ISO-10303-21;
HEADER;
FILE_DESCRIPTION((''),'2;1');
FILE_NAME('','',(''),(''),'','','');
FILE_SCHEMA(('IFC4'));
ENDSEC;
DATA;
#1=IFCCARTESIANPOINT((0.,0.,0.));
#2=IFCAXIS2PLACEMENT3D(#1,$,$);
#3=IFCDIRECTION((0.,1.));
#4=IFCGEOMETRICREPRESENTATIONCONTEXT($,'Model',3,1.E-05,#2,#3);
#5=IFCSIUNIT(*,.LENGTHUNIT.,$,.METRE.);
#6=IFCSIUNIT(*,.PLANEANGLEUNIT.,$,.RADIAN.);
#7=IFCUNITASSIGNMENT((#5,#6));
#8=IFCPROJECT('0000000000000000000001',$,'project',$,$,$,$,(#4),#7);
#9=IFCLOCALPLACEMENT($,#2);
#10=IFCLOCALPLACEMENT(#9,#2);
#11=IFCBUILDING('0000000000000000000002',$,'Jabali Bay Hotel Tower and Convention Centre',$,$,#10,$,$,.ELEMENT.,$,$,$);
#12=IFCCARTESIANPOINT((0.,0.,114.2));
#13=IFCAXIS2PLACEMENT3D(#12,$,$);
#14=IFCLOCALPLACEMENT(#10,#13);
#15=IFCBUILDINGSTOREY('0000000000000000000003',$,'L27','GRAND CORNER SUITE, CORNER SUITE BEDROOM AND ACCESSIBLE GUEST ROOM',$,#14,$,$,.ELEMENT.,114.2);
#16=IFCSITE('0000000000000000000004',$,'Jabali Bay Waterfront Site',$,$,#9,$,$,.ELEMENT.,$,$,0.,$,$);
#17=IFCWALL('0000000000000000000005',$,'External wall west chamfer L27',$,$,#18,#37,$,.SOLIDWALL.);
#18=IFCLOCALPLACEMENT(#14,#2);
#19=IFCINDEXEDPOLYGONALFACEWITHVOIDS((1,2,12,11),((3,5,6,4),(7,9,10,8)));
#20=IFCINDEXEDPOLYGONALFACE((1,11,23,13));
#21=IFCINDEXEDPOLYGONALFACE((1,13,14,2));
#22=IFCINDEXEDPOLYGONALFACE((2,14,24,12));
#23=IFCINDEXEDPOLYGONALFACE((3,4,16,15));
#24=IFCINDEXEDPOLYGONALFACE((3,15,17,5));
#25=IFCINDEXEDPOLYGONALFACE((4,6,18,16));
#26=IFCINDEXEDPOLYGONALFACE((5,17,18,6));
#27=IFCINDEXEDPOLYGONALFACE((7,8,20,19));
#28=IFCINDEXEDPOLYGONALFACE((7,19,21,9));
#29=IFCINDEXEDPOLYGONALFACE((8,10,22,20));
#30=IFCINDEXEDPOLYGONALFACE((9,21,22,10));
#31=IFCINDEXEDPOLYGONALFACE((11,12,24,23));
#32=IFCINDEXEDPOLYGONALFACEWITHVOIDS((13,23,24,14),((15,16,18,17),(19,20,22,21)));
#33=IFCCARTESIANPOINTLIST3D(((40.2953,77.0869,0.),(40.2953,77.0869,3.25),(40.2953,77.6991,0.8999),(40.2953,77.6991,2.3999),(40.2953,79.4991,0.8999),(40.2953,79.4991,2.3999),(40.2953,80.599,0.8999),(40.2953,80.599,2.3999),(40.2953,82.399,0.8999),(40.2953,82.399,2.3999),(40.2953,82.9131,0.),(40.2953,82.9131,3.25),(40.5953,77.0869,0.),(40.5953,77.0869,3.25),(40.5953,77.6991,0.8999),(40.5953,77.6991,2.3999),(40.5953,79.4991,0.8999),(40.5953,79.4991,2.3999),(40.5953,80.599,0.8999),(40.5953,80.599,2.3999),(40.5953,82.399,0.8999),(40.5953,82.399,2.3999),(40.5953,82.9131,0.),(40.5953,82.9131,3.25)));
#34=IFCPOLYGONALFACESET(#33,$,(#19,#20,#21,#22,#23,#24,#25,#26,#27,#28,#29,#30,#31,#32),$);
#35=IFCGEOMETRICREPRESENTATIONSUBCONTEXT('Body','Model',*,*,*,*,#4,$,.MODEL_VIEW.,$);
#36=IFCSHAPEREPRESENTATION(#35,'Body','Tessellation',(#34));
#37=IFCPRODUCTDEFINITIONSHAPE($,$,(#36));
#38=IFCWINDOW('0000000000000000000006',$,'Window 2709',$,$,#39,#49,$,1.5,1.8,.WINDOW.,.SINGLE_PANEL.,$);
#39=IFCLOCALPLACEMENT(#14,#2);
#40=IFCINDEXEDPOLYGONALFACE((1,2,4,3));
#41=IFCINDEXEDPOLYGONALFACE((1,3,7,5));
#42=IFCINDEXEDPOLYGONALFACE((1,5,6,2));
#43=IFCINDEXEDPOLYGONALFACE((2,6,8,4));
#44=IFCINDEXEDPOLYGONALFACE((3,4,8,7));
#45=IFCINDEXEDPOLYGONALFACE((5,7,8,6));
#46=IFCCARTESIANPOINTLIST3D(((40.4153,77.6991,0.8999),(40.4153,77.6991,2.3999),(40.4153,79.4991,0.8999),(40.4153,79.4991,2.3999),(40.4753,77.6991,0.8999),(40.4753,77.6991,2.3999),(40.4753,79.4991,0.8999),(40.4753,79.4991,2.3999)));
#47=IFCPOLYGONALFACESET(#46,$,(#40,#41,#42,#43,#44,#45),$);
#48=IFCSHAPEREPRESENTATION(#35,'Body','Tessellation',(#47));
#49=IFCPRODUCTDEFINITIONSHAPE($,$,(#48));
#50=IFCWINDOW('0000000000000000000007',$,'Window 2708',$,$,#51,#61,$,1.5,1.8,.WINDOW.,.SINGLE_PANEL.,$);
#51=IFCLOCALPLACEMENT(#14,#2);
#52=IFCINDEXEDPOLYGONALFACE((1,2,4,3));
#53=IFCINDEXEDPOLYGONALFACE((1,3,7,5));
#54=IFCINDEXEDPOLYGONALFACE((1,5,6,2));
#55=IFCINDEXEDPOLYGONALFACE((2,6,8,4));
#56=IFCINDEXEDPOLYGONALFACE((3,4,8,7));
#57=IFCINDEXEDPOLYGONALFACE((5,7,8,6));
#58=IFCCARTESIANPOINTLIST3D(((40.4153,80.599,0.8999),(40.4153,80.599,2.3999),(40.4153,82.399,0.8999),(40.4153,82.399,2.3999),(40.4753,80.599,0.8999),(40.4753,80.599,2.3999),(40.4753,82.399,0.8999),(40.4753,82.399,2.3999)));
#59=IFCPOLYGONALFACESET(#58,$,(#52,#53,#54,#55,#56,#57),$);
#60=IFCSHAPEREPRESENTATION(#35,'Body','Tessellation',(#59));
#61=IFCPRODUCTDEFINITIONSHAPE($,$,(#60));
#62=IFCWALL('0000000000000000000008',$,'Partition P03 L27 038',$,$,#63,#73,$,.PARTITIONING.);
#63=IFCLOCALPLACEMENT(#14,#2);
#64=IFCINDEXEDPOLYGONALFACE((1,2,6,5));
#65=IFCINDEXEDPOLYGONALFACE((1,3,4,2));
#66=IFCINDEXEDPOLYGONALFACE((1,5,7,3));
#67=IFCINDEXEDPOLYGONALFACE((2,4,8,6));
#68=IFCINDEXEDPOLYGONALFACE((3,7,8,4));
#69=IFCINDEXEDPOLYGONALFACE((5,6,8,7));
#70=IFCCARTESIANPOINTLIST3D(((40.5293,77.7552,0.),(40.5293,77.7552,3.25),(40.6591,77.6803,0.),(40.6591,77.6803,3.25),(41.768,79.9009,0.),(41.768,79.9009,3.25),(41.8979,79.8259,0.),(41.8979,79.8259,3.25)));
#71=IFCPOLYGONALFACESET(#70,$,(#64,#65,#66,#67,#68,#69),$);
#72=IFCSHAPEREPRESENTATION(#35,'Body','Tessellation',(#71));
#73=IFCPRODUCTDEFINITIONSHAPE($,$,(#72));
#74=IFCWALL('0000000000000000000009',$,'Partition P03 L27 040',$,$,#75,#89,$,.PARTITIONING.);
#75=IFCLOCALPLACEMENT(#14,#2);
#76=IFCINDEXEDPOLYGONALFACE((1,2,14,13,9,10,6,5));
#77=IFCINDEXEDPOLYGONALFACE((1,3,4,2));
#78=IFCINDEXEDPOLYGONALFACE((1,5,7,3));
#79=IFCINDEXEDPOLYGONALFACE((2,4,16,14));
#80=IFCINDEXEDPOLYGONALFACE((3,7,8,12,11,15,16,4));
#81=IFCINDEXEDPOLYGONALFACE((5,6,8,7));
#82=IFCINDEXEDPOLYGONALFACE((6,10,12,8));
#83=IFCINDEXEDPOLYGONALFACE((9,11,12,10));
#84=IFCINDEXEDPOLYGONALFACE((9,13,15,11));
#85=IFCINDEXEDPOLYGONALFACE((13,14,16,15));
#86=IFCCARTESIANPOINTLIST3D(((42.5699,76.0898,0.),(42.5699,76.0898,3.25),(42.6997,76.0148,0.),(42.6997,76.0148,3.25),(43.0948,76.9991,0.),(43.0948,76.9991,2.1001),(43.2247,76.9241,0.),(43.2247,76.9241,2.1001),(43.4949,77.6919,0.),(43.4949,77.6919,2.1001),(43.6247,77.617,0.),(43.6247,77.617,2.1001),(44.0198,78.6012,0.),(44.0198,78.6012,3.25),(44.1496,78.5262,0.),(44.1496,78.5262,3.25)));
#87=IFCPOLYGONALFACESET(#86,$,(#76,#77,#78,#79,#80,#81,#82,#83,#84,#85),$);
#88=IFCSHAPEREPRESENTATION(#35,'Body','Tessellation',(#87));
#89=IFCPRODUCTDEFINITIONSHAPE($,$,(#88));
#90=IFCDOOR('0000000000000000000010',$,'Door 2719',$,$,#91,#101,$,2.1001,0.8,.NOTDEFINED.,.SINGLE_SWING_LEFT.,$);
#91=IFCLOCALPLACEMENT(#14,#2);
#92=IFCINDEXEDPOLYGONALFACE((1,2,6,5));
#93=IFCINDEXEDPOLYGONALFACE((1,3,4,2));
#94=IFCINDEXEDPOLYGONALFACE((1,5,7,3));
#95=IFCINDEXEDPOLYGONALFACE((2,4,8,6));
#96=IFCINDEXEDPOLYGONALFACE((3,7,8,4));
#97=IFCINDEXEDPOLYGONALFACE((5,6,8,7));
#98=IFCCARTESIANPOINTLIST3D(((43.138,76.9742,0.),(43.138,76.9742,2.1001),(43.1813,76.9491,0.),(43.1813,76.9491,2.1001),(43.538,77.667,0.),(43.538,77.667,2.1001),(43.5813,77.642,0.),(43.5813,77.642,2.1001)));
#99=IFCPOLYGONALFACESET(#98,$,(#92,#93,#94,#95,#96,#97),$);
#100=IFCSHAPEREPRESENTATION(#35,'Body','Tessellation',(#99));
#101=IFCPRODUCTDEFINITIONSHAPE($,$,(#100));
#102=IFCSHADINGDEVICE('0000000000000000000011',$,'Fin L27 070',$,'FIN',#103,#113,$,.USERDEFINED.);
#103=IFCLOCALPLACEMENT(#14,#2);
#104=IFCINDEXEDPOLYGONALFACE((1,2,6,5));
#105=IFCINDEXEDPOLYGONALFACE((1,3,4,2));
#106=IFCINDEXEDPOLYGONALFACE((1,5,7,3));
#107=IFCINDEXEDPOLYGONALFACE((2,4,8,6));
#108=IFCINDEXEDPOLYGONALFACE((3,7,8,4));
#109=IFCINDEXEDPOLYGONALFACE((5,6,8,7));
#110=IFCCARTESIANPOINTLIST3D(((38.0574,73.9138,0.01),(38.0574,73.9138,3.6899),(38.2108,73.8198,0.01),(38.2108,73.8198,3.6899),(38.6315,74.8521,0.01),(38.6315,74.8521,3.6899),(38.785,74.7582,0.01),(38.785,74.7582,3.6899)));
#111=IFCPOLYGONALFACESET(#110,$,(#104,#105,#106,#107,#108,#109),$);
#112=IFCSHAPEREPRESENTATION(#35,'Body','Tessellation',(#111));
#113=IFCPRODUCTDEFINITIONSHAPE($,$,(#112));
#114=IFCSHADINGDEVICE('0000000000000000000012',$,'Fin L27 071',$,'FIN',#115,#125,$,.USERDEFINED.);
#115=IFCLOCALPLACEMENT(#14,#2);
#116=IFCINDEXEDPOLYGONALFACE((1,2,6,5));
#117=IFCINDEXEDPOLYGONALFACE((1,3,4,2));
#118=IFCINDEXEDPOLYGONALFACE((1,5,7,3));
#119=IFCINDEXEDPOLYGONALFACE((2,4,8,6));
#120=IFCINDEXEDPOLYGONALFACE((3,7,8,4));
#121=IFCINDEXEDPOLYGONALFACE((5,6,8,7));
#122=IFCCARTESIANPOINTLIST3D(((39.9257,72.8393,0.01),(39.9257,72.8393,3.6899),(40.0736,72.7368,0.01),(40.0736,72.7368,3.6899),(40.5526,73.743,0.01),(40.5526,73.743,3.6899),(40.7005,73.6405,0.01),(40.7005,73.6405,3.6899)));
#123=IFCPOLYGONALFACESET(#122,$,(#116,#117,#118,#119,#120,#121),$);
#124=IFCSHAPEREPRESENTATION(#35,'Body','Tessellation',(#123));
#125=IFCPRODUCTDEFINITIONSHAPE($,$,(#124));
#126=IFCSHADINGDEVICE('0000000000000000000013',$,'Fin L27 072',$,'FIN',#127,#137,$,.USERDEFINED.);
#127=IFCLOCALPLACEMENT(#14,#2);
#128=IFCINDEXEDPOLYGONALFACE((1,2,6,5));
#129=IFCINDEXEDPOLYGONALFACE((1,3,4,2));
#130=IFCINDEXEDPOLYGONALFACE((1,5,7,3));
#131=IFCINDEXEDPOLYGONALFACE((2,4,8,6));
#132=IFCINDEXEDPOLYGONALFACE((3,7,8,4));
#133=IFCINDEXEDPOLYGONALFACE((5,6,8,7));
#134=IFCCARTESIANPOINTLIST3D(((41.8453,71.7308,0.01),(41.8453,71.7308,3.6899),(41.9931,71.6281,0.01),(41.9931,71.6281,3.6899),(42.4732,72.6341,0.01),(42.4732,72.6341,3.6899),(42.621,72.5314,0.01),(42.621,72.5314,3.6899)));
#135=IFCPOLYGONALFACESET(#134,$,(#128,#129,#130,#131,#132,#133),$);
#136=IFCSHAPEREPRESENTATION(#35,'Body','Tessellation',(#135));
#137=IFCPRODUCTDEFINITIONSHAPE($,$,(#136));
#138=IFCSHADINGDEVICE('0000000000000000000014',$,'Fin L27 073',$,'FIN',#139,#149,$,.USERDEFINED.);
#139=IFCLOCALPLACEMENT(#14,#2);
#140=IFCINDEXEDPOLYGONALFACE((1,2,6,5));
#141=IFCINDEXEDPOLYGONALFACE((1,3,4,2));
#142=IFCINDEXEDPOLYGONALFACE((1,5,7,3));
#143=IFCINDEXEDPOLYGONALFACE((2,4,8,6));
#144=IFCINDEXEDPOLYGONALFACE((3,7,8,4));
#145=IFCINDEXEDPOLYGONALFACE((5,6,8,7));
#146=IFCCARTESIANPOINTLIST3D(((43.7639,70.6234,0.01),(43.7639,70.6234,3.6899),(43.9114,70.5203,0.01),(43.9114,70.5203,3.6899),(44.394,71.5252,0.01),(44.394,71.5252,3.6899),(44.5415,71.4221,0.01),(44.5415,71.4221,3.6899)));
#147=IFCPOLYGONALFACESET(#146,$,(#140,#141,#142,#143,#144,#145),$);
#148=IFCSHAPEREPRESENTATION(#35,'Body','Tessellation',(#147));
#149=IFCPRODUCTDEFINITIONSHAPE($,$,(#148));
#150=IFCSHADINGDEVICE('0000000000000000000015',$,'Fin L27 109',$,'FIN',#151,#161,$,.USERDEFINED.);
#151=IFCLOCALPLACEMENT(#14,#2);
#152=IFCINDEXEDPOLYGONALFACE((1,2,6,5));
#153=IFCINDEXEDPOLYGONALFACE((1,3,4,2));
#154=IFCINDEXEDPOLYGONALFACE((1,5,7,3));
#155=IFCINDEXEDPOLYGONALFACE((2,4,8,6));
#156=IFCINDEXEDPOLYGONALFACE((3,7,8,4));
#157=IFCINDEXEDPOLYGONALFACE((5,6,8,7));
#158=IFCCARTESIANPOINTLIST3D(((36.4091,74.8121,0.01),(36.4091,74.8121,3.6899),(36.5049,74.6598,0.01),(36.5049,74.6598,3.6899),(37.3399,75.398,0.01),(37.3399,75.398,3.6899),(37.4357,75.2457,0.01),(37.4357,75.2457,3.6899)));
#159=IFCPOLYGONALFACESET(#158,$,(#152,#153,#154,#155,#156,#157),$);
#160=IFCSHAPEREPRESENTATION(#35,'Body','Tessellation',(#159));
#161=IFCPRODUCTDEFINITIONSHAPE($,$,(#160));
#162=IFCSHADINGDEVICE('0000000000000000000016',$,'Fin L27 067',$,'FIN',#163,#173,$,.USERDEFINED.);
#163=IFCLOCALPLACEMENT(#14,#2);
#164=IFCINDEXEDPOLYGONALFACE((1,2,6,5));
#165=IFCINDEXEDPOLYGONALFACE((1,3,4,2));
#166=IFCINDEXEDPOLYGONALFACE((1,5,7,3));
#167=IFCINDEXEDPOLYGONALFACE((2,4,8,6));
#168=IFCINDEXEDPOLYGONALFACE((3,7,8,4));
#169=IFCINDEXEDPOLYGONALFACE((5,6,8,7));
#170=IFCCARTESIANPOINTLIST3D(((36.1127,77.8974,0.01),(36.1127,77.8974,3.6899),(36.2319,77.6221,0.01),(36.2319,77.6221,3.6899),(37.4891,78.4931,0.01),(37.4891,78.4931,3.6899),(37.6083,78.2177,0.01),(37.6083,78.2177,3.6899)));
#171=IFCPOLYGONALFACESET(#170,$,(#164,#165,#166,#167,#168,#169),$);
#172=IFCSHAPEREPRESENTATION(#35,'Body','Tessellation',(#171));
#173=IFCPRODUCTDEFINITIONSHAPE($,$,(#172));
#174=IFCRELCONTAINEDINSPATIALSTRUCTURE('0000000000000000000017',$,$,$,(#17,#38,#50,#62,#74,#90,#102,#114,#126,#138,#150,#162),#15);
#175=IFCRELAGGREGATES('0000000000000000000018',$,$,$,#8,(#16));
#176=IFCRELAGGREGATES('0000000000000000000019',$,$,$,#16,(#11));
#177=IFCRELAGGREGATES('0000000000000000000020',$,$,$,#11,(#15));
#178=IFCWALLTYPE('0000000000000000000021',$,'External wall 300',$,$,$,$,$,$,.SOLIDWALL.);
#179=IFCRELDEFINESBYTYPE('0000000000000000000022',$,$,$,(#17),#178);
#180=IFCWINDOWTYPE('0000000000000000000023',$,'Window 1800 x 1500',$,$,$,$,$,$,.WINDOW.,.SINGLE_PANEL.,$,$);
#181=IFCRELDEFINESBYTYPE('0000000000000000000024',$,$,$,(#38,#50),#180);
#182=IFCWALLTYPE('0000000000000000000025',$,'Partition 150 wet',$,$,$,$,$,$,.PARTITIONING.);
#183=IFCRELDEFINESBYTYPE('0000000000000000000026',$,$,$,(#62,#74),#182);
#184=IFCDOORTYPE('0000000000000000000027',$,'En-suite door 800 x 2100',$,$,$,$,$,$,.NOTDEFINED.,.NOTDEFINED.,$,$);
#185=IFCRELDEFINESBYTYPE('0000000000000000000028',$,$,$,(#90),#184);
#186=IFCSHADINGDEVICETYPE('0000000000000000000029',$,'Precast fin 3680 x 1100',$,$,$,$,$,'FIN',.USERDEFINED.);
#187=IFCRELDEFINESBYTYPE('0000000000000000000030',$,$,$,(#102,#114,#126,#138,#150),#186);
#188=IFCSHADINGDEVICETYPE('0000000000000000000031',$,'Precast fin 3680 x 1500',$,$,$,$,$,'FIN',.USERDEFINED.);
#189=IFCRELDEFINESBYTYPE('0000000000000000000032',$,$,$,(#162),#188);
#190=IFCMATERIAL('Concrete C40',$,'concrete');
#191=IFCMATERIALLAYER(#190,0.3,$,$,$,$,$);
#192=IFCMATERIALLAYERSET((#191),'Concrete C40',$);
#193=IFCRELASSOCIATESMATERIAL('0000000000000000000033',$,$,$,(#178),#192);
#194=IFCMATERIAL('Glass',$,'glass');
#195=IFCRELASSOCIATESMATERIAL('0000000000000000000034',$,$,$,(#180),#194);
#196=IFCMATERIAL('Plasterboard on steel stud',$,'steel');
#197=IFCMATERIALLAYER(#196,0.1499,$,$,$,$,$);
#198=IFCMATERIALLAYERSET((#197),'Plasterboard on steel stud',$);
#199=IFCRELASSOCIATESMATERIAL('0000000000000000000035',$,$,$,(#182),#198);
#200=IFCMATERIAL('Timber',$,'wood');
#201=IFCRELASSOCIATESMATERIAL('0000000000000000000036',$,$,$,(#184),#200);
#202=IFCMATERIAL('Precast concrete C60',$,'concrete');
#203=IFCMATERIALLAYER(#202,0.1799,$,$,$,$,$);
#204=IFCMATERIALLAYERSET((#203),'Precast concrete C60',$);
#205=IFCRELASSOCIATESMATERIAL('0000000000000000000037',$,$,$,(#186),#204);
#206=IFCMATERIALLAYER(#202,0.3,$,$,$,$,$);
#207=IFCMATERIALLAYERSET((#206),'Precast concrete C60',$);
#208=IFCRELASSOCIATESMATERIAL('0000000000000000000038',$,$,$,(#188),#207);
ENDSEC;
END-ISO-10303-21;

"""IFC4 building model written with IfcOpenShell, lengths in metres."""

from ifc_helpers import new_model, si_unit, direction, frame, frame_2d, origin, place, context, subcontext, project, spatial, rectangle, extrude, material, layer, layer_set, type_object, element, fill, save


model = new_model("IFC4")

# Units and contexts
model_context = context("Model", 3, precision=1e-05, world=origin(), true_north=direction((0.0, 1.0)))
body_context = subcontext(model_context, "Body", "Model", "MODEL_VIEW")
ifc_project = project(units=[si_unit("LENGTHUNIT", "METRE"), si_unit("PLANEANGLEUNIT", "RADIAN")], contexts=[model_context])

# Site, building, storey
site_placement = place(None, origin())
site = spatial("IfcSite", under=ifc_project, at=site_placement, Name="Jabali Bay Waterfront Site", CompositionType="ELEMENT", RefElevation=0.0)
building_placement = place(site_placement, origin())
building = spatial("IfcBuilding", under=site, at=building_placement, Name="Jabali Bay Hotel Tower and Convention Centre", CompositionType="ELEMENT")
storey_placement = place(building_placement, frame((0.0, 0.0, 114.2)))
storey = spatial("IfcBuildingStorey", under=building, at=storey_placement, Name="L27", Description="GRAND CORNER SUITE, CORNER SUITE BEDROOM AND ACCESSIBLE GUEST ROOM", CompositionType="ELEMENT", Elevation=114.2)

# Shared definitions
ifc_material_1 = material(Name="Concrete C40", Category="concrete")

# Wall, openings, windows
ifc_layer_1 = layer(ifc_material_1, 0.3)
ifc_layer_set_1 = layer_set([ifc_layer_1], Name="Concrete C40")
wall_type_1 = type_object("IfcWallType", Name="External wall 300", PredefinedType="SOLIDWALL", material=ifc_layer_set_1)
wall_1_placement = place(storey_placement, frame((40.4453, 77.0869, 0.0), z_axis=(0.0, 0.0, 1.0), x_axis=(0.0, 1.0, 0.0)))
wall_1 = element("IfcWall", 1, at=wall_1_placement, inside=storey, type_object=wall_type_1, Name="External wall west chamfer L27", PredefinedType="SOLIDWALL", context=body_context, shape_type="SweptSolid", body=[
    extrude(rectangle(XDim=5.8262, YDim=0.3, at=frame_2d((2.9131, 0.0))), origin(), (0.0, 0.0, 1.0), 3.25),
])
opening_1_placement = place(wall_1_placement, frame((0.6123, 0.0, 0.8999)))
opening_1 = element("IfcOpeningElement", 2, at=opening_1_placement, cuts=wall_1, PredefinedType="OPENING", context=body_context, shape_type="SweptSolid", body=[
    extrude(rectangle(XDim=1.8, YDim=1.5, at=frame_2d((0.8999, 0.75))), frame((0.0, 0.1606, 0.0), z_axis=(0.0, -1.0, 0.0), x_axis=(1.0, 0.0, 0.0)), (0.0, 0.0, 1.0), 0.321),
])
opening_2_placement = place(wall_1_placement, frame((3.5122, 0.0, 0.8999)))
opening_2 = element("IfcOpeningElement", 3, at=opening_2_placement, cuts=wall_1, PredefinedType="OPENING", context=body_context, shape_type="SweptSolid", body=[
    extrude(rectangle(XDim=1.8, YDim=1.5, at=frame_2d((0.8999, 0.75))), frame((0.0, 0.1606, 0.0), z_axis=(0.0, -1.0, 0.0), x_axis=(1.0, 0.0, 0.0)), (0.0, 0.0, 1.0), 0.321),
])
ifc_material_2 = material(Name="Glass", Category="glass")
window_type = type_object("IfcWindowType", Name="Window 1800 x 1500", PartitioningType="SINGLE_PANEL", PredefinedType="WINDOW", material=ifc_material_2)
window_1_placement = place(opening_1_placement, origin())
window_1 = element("IfcWindow", 4, at=window_1_placement, inside=storey, type_object=window_type, Name="Window 2709", OverallHeight=1.5, OverallWidth=1.8, PartitioningType="SINGLE_PANEL", PredefinedType="WINDOW", context=body_context, shape_type="SweptSolid", body=[
    extrude(rectangle(XDim=1.8, YDim=1.5, at=frame_2d((0.8999, 0.75))), frame((0.0, 0.03, 0.0), z_axis=(0.0, -1.0, 0.0), x_axis=(1.0, 0.0, 0.0)), (0.0, 0.0, 1.0), 0.0601),
])
fill(opening_1, window_1)
window_2_placement = place(opening_2_placement, origin())
window_2 = element("IfcWindow", 5, at=window_2_placement, inside=storey, type_object=window_type, Name="Window 2708", OverallHeight=1.5, OverallWidth=1.8, PartitioningType="SINGLE_PANEL", PredefinedType="WINDOW", context=body_context, shape_type="SweptSolid", body=[
    extrude(rectangle(XDim=1.8, YDim=1.5, at=frame_2d((0.8999, 0.75))), frame((0.0, 0.03, 0.0), z_axis=(0.0, -1.0, 0.0), x_axis=(1.0, 0.0, 0.0)), (0.0, 0.0, 1.0), 0.0601),
])
fill(opening_2, window_2)

# Wall
ifc_material_3 = material(Name="Plasterboard on steel stud", Category="steel")
ifc_layer_2 = layer(ifc_material_3, 0.1499)
ifc_layer_set_2 = layer_set([ifc_layer_2], Name="Plasterboard on steel stud")
wall_type_2 = type_object("IfcWallType", Name="Partition 150 wet", PredefinedType="PARTITIONING", material=ifc_layer_set_2)
wall_2_placement = place(storey_placement, frame((40.5942, 77.7178, 0.0), z_axis=(0.0, 0.0, 1.0), x_axis=(0.499975, 0.86604, 0.0)))
element("IfcWall", 6, at=wall_2_placement, inside=storey, type_object=wall_type_2, Name="Partition P03 L27 038", PredefinedType="PARTITIONING", context=body_context, shape_type="SweptSolid", body=[
    extrude(rectangle(XDim=2.4775, YDim=0.1499, at=frame_2d((1.2388, 0.0))), origin(), (0.0, 0.0, 1.0), 3.25),
])

# Wall, opening, door
wall_3_placement = place(storey_placement, frame((44.0847, 78.5637, 0.0), z_axis=(0.0, 0.0, 1.0), x_axis=(-0.499987, -0.866033, 0.0)))
wall_3 = element("IfcWall", 7, at=wall_3_placement, inside=storey, type_object=wall_type_2, Name="Partition P03 L27 040", PredefinedType="PARTITIONING", context=body_context, shape_type="SweptSolid", body=[
    extrude(rectangle(XDim=2.8999, YDim=0.1499, at=frame_2d((1.45, 0.0))), origin(), (0.0, 0.0, 1.0), 3.25),
])
opening_3_placement = place(wall_3_placement, frame((1.05, 0.0, 0.0)))
opening_3 = element("IfcOpeningElement", 8, at=opening_3_placement, cuts=wall_3, PredefinedType="OPENING", context=body_context, shape_type="SweptSolid", body=[
    extrude(rectangle(XDim=0.8, YDim=2.1001, at=frame_2d((0.3999, 1.05))), frame((0.0, 0.0854, 0.0), z_axis=(0.0, -1.0, 0.0), x_axis=(1.0, 0.0, 0.0)), (0.0, 0.0, 1.0), 0.1709),
])
ifc_material_4 = material(Name="Timber", Category="wood")
door_type_1 = type_object("IfcDoorType", Name="En-suite door 800 x 2100", OperationType="NOTDEFINED", PredefinedType="NOTDEFINED", material=ifc_material_4)
door_1_placement = place(opening_3_placement, origin())
door_1 = element("IfcDoor", 9, at=door_1_placement, inside=storey, type_object=door_type_1, Name="Door 2719", OperationType="SINGLE_SWING_LEFT", OverallHeight=2.1001, OverallWidth=0.8, PredefinedType="NOTDEFINED", context=body_context, shape_type="SweptSolid", body=[
    extrude(rectangle(XDim=0.8, YDim=2.1001, at=frame_2d((0.3999, 1.05))), frame((0.0, 0.0249, 0.0), z_axis=(0.0, -1.0, 0.0), x_axis=(1.0, 0.0, 0.0)), (0.0, 0.0, 1.0), 0.05),
])
fill(opening_3, door_1)

# Shading devices
ifc_material_5 = material(Name="Precast concrete C60", Category="concrete")
ifc_layer_3 = layer(ifc_material_5, 0.1799)
ifc_layer_set_3 = layer_set([ifc_layer_3], Name="Precast concrete C60")
shading_device_type_1 = type_object("IfcShadingDeviceType", Name="Precast fin 3680 x 1100", ElementType="FIN", PredefinedType="USERDEFINED", material=ifc_layer_set_3)
shading_device_1_placement = place(storey_placement, frame((38.7083, 74.8052, 0.01), z_axis=(0.0, 0.0, 1.0), x_axis=(-0.521917, -0.852996, 0.0)))
element("IfcShadingDevice", 10, at=shading_device_1_placement, inside=storey, type_object=shading_device_type_1, Name="Fin L27 070", ObjectType="FIN", PredefinedType="USERDEFINED", context=body_context, shape_type="SweptSolid", body=[
    extrude(rectangle(XDim=1.1001, YDim=0.1799, at=frame_2d((0.55, 0.0))), origin(), (0.0, 0.0, 1.0), 3.6799),
])
shading_device_2_placement = place(storey_placement, frame((40.6265, 73.6917, 0.01), z_axis=(0.0, 0.0, 1.0), x_axis=(-0.569971, -0.821664, 0.0)))
element("IfcShadingDevice", 11, at=shading_device_2_placement, inside=storey, type_object=shading_device_type_1, Name="Fin L27 071", ObjectType="FIN", PredefinedType="USERDEFINED", context=body_context, shape_type="SweptSolid", body=[
    extrude(rectangle(XDim=1.0999, YDim=0.1799, at=frame_2d((0.5498, 0.0))), origin(), (0.0, 0.0, 1.0), 3.6799),
])
for number, where, z_axis, x_axis, name in (
    (12, (42.5471, 72.5828, 0.01), (0.0, 0.0, 1.0), (-0.570778, -0.821104, 0.0), "Fin L27 072"),
    (13, (44.4678, 71.4736, 0.01), (0.0, 0.0, 1.0), (-0.572747, -0.819732, 0.0), "Fin L27 073"),
):
    element("IfcShadingDevice", number, at=place(storey_placement, frame(where, z_axis=z_axis, x_axis=x_axis)), inside=storey, type_object=shading_device_type_1, Name=name, ObjectType="FIN", PredefinedType="USERDEFINED", context=body_context, shape_type="SweptSolid", body=[
        extrude(rectangle(XDim=1.1001, YDim=0.1799, at=frame_2d((0.55, 0.0))), origin(), (0.0, 0.0, 1.0), 3.6799),
    ])
shading_device_3_placement = place(storey_placement, frame((37.3877, 75.3218, 0.01), z_axis=(0.0, 0.0, 1.0), x_axis=(-0.846311, -0.53269, 0.0)))
element("IfcShadingDevice", 14, at=shading_device_3_placement, inside=storey, type_object=shading_device_type_1, Name="Fin L27 109", ObjectType="FIN", PredefinedType="USERDEFINED", context=body_context, shape_type="SweptSolid", body=[
    extrude(rectangle(XDim=1.0999, YDim=0.1799, at=frame_2d((0.5498, 0.0))), origin(), (0.0, 0.0, 1.0), 3.6799),
])
ifc_layer_4 = layer(ifc_material_5, 0.3)
ifc_layer_set_4 = layer_set([ifc_layer_4], Name="Precast concrete C60")
shading_device_type_2 = type_object("IfcShadingDeviceType", Name="Precast fin 3680 x 1500", ElementType="FIN", PredefinedType="USERDEFINED", material=ifc_layer_set_4)
shading_device_4_placement = place(storey_placement, frame((37.5488, 78.3555, 0.01), z_axis=(0.0, 0.0, 1.0), x_axis=(-0.917742, -0.397178, 0.0)))
element("IfcShadingDevice", 15, at=shading_device_4_placement, inside=storey, type_object=shading_device_type_2, Name="Fin L27 067", ObjectType="FIN", PredefinedType="USERDEFINED", context=body_context, shape_type="SweptSolid", body=[
    extrude(rectangle(XDim=1.4998, YDim=0.3, at=frame_2d((0.75, 0.0))), origin(), (0.0, 0.0, 1.0), 3.6799),
])

save(model, "model.ifc")
